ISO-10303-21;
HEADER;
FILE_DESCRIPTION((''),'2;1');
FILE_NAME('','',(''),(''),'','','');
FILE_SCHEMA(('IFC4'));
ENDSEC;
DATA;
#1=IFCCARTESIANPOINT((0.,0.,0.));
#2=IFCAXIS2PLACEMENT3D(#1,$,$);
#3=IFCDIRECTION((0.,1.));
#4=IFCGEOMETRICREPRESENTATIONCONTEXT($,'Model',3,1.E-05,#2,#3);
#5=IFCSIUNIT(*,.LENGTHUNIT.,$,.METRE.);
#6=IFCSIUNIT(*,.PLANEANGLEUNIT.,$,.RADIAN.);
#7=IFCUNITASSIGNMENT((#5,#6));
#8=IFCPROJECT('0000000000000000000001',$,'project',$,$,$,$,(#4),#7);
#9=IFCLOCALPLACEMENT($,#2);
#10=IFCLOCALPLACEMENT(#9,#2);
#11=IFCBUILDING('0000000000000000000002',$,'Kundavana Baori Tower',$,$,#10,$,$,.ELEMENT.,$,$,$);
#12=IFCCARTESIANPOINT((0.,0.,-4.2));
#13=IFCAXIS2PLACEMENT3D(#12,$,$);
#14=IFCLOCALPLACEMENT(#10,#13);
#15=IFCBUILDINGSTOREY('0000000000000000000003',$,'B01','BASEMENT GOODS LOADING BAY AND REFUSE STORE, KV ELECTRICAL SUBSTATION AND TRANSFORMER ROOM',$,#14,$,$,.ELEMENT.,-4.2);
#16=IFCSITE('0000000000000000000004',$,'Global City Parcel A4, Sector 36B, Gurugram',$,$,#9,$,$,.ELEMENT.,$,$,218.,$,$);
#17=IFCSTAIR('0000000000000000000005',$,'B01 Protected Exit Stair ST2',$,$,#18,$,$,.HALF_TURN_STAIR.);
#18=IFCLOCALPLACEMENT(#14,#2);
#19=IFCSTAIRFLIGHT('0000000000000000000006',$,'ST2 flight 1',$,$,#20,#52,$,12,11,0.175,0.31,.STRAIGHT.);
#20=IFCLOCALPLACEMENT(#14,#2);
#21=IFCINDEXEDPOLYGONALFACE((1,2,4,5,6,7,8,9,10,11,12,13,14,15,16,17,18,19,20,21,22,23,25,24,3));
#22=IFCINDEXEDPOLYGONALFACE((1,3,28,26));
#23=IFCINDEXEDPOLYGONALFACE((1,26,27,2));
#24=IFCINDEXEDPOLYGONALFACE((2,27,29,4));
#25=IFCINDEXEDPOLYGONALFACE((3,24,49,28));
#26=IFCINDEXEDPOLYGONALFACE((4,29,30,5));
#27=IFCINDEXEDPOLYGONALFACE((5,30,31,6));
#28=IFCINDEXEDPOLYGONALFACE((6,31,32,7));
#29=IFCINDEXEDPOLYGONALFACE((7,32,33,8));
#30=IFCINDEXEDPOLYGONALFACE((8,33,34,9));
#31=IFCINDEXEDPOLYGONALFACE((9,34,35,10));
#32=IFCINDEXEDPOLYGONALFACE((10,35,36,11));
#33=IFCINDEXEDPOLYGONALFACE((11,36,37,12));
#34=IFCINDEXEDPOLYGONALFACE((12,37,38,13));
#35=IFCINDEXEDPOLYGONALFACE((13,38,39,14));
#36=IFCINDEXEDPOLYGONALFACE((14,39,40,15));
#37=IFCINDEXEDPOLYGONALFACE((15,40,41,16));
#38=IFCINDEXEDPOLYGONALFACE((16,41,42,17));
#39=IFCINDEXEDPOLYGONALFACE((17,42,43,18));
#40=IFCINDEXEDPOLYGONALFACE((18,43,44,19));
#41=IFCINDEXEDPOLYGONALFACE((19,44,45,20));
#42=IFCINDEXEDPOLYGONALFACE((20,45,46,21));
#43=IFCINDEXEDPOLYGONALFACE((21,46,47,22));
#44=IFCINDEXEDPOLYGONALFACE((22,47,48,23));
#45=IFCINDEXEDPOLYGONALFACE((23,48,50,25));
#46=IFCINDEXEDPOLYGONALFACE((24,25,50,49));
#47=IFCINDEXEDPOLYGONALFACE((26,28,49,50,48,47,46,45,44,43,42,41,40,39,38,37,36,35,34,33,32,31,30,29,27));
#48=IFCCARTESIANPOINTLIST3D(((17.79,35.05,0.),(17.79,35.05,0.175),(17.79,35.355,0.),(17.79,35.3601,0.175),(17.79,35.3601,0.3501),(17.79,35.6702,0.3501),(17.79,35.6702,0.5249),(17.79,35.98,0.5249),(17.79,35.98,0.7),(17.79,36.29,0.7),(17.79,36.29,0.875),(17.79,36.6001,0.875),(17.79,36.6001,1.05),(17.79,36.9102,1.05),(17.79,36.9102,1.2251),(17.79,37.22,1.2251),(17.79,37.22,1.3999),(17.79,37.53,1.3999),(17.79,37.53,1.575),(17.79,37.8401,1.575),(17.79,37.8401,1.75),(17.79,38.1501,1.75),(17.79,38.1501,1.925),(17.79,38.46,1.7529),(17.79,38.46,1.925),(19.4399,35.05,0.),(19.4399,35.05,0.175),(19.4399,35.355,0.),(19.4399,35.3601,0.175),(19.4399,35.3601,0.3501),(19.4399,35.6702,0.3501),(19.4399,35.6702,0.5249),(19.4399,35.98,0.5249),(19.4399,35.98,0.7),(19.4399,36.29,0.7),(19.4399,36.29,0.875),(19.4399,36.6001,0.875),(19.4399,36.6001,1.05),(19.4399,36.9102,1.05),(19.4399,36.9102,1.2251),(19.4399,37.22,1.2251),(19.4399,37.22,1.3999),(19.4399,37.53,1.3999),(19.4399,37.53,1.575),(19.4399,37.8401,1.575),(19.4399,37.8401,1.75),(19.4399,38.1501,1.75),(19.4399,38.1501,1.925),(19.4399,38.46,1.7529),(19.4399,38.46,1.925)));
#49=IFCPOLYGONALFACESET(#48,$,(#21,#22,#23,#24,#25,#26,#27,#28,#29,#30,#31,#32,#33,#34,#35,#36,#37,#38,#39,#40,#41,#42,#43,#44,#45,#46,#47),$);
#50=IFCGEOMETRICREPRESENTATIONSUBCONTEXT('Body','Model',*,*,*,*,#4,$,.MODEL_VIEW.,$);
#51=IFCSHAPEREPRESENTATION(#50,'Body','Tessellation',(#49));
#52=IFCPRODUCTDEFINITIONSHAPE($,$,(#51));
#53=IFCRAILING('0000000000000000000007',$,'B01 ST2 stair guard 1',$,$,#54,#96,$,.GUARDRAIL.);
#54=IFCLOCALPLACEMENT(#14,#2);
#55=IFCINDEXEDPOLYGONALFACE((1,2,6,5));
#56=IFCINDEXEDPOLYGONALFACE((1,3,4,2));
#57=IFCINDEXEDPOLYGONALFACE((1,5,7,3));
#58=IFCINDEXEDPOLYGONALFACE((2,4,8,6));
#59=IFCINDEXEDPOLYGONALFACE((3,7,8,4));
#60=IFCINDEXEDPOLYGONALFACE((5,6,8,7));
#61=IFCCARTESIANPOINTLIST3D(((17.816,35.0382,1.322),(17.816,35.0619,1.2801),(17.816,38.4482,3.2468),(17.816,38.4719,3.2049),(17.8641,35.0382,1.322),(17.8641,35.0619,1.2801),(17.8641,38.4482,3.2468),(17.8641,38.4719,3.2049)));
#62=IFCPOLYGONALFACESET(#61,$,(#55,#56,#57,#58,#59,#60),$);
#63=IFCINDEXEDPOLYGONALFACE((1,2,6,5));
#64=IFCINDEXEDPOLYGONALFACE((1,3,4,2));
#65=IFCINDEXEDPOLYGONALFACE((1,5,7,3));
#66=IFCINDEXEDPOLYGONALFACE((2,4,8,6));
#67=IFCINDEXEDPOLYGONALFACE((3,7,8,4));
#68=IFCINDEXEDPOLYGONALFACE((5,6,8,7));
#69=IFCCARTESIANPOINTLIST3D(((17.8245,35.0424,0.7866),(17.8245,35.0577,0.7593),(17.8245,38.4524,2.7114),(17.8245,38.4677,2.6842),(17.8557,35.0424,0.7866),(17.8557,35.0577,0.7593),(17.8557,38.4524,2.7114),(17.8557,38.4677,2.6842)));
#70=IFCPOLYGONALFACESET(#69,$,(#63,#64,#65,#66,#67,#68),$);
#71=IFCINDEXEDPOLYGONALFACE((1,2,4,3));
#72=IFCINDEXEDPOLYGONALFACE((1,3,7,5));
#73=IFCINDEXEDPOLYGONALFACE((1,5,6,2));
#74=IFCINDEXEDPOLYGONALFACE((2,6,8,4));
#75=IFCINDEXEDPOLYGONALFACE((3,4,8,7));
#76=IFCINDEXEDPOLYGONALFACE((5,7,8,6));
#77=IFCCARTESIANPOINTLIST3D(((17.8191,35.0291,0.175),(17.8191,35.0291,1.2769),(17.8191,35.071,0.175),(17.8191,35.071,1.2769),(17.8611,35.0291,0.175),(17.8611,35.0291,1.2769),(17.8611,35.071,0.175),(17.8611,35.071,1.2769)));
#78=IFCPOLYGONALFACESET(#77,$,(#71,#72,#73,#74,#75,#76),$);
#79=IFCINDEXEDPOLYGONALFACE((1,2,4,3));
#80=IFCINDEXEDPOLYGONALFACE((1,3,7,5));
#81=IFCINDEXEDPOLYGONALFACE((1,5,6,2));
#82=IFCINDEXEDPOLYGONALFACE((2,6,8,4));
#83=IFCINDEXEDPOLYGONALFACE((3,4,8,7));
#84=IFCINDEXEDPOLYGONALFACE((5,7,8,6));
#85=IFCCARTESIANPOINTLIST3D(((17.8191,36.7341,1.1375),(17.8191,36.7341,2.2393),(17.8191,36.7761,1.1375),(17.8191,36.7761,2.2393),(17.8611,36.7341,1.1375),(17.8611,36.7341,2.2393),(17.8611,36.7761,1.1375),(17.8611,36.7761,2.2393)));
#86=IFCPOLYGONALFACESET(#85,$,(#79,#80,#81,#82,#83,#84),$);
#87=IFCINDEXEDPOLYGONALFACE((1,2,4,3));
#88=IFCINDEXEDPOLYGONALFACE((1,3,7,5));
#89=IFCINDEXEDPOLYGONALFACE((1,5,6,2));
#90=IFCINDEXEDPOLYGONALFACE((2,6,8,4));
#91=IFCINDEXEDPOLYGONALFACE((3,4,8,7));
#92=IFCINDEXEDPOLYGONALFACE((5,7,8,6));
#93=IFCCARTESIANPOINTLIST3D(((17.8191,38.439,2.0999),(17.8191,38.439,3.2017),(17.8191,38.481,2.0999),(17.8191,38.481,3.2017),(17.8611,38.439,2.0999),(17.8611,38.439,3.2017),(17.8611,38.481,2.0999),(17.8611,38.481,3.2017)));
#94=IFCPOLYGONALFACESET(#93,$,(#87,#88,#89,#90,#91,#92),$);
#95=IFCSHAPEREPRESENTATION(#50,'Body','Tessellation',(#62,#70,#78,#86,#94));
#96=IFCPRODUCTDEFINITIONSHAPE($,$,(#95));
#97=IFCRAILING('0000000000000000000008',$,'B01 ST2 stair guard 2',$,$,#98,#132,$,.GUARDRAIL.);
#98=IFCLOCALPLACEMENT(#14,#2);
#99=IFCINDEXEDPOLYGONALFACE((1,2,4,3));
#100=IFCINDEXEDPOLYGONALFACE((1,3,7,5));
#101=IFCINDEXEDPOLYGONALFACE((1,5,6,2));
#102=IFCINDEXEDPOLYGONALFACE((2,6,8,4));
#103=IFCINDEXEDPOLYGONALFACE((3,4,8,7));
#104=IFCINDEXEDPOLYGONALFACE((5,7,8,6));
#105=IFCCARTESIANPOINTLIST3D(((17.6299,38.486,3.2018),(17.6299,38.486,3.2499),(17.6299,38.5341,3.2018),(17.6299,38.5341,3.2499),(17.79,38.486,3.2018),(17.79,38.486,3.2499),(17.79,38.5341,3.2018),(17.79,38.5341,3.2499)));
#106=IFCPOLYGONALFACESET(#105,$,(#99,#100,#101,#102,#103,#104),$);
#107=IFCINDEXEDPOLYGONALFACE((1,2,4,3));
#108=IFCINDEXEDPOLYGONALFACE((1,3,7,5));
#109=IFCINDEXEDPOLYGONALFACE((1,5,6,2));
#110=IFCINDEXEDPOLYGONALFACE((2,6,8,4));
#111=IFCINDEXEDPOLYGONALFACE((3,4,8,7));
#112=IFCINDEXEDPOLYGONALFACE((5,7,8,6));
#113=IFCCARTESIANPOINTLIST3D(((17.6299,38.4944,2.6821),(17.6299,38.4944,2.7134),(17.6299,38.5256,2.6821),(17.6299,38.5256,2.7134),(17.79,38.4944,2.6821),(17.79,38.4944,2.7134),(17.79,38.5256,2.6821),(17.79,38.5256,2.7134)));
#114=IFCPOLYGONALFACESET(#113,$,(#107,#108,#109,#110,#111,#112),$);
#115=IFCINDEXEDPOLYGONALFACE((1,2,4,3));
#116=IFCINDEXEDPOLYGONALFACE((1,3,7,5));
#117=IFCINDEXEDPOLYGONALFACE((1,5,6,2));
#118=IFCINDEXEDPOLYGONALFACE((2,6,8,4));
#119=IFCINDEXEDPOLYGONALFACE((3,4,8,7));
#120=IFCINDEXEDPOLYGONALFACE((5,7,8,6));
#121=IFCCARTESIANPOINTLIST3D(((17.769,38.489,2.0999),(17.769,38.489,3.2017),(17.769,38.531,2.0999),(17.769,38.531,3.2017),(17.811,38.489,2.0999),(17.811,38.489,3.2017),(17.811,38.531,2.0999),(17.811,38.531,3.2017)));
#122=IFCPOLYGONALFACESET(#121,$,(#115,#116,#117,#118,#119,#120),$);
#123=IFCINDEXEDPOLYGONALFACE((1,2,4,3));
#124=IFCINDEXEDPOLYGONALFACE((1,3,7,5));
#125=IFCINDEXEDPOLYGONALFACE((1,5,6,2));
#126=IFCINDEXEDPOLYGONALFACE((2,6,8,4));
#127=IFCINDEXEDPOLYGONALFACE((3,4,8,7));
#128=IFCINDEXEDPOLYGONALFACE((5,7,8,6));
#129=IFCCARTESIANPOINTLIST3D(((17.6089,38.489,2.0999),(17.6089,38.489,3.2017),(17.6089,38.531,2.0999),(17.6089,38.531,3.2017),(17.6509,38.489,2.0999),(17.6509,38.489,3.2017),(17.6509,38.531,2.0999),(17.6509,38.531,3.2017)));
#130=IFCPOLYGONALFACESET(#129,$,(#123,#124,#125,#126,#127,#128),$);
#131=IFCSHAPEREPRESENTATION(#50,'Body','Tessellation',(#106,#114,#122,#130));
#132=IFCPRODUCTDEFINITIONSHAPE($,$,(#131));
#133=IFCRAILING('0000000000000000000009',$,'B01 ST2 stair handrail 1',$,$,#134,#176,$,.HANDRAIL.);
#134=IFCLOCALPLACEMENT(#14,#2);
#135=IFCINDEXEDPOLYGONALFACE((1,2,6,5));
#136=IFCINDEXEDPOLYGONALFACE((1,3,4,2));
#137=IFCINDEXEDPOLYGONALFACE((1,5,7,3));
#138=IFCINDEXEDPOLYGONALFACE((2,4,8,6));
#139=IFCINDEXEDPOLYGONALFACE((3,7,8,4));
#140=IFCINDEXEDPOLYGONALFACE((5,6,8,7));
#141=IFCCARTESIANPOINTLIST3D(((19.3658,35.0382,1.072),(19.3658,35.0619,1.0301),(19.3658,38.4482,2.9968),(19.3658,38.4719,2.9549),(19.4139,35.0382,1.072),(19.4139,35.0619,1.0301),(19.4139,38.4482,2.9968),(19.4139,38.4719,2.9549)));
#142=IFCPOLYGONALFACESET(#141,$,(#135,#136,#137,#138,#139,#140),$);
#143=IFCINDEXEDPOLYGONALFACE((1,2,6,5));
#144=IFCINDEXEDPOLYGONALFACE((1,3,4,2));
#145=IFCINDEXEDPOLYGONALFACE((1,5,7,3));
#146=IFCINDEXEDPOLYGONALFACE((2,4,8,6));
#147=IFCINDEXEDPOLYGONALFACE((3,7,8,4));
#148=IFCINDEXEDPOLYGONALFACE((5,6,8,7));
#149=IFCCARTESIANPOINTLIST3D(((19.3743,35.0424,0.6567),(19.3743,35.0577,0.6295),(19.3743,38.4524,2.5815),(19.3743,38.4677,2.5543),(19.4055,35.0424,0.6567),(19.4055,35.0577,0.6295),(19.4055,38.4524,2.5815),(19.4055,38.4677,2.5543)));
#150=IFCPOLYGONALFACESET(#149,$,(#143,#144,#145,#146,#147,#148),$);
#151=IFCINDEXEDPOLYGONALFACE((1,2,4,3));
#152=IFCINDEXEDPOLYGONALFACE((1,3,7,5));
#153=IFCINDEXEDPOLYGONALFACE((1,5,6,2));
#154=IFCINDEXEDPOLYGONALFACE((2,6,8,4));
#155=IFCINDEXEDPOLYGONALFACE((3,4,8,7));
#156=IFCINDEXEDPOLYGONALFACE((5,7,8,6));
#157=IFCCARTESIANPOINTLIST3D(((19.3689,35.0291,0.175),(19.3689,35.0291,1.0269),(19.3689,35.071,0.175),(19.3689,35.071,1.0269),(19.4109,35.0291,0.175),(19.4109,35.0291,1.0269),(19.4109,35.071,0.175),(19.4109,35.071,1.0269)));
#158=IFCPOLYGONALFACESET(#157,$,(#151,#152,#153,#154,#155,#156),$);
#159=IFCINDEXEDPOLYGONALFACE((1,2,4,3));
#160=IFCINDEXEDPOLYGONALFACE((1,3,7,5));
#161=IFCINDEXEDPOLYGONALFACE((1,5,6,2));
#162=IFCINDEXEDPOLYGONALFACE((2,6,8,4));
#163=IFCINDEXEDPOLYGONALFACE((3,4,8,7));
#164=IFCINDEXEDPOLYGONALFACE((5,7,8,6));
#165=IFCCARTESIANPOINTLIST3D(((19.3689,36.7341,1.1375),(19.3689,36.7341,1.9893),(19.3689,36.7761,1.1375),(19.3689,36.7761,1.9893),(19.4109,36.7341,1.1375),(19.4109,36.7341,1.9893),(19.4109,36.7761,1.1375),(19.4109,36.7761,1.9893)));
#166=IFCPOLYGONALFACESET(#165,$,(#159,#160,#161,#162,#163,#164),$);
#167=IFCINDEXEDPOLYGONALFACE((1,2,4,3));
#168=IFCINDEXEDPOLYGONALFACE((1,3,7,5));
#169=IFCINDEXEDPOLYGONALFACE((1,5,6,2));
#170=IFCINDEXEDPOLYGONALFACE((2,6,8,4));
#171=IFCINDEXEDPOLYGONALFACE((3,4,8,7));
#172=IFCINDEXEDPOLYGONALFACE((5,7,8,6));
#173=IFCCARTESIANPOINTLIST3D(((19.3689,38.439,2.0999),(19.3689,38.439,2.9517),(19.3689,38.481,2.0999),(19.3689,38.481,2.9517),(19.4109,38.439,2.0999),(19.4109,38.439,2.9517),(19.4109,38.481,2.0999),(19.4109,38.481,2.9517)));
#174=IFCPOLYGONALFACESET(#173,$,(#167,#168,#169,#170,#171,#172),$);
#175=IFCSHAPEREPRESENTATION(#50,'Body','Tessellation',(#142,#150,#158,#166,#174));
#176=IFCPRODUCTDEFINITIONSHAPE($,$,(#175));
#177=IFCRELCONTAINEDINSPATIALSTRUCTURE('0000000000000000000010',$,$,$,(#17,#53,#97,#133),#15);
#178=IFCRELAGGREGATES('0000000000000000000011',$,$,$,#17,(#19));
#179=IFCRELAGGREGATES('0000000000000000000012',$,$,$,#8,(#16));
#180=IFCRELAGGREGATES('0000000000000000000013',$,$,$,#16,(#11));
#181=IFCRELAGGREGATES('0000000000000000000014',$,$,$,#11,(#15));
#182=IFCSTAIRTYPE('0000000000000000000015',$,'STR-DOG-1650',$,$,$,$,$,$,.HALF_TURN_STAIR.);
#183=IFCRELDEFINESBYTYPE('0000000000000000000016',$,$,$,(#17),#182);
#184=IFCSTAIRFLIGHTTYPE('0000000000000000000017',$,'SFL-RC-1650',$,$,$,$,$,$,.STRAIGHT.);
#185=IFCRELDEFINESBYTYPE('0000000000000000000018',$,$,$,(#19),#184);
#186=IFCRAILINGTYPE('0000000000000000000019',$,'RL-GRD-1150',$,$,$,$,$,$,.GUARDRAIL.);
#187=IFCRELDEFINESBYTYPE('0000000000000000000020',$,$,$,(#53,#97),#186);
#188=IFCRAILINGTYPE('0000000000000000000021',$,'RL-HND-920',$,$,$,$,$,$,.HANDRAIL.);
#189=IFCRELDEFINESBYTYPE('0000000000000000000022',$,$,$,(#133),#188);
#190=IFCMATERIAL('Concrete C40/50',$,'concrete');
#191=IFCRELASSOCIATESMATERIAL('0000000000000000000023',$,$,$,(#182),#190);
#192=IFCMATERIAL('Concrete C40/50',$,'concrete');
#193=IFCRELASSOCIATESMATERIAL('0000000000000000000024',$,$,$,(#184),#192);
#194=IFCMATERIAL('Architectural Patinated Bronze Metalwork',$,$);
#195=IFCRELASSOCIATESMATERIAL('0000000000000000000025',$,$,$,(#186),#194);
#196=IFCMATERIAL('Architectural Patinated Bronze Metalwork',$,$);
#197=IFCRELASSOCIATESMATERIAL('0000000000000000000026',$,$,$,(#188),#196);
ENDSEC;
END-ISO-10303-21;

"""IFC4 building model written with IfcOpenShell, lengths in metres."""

from ifc_helpers import new_model, si_unit, direction, frame, origin, origin_2d, place, context, subcontext, project, spatial, polyline, rectangle, outline, extrude, material, type_object, element, aggregate, save


model = new_model("IFC4")

# Units and contexts
model_context = context("Model", 3, precision=1e-05, world=origin(), true_north=direction((0.0, 1.0)))
body_context = subcontext(model_context, "Body", "Model", "MODEL_VIEW")
ifc_project = project(units=[si_unit("LENGTHUNIT", "METRE"), si_unit("PLANEANGLEUNIT", "RADIAN")], contexts=[model_context])

# Site, building, storey
site_placement = place(None, origin())
site = spatial("IfcSite", under=ifc_project, at=site_placement, Name="Global City Parcel A4, Sector 36B, Gurugram", CompositionType="ELEMENT", RefElevation=218.0)
building_placement = place(site_placement, origin())
building = spatial("IfcBuilding", under=site, at=building_placement, Name="Kundavana Baori Tower", CompositionType="ELEMENT")
storey_placement = place(building_placement, frame((0.0, 0.0, -4.2)))
storey = spatial("IfcBuildingStorey", under=building, at=storey_placement, Name="B01", Description="BASEMENT GOODS LOADING BAY AND REFUSE STORE, KV ELECTRICAL SUBSTATION AND TRANSFORMER ROOM", CompositionType="ELEMENT", Elevation=-4.2)

# Stair, stair flight
ifc_material_1 = material(Name="Concrete C40/50", Category="concrete")
stair_type = type_object("IfcStairType", Name="STR-DOG-1650", PredefinedType="HALF_TURN_STAIR", material=ifc_material_1)
stair_placement = place(storey_placement, origin())
stair = element("IfcStair", 1, at=stair_placement, inside=storey, type_object=stair_type, Name="B01 Protected Exit Stair ST2", PredefinedType="HALF_TURN_STAIR")
ifc_material_2 = material(Name="Concrete C40/50", Category="concrete")
stair_flight_type = type_object("IfcStairFlightType", Name="SFL-RC-1650", PredefinedType="STRAIGHT", material=ifc_material_2)
stair_flight_placement = place(storey_placement, frame((18.615, 35.05, 0.0), z_axis=(0.0, 0.0, 1.0), x_axis=(0.0, 1.0, 0.0)))
stair_flight = element("IfcStairFlight", 2, at=stair_flight_placement, type_object=stair_flight_type, Name="ST2 flight 1", NumberOfRisers=12, NumberOfTreads=11, PredefinedType="STRAIGHT", RiserHeight=0.175, TreadLength=0.31, context=body_context, shape_type="SweptSolid", body=[
    extrude(outline(polyline([(0.0, 0.0), (0.0, 0.175), (0.3101, 0.175), (0.3101, 0.3501), (0.6201, 0.3501), (0.6201, 0.5249), (0.9299, 0.5249), (0.9299, 0.7), (1.24, 0.7), (1.24, 0.875), (1.55, 0.875), (1.55, 1.05), (1.8601, 1.05), (1.8601, 1.2251), (2.1699, 1.2251), (2.1699, 1.3999), (2.48, 1.3999), (2.48, 1.575), (2.79, 1.575), (2.79, 1.75), (3.1001, 1.75), (3.1001, 1.925), (3.4099, 1.925), (3.4099, 2.1001), (3.4099, 1.7529), (0.3049, 0.0), (0.0, 0.0)])), frame((0.0, 0.825, 0.0), z_axis=(0.0, -1.0, 0.0), x_axis=(1.0, 0.0, 0.0)), (0.0, 0.0, 1.0), 1.6499),
])
aggregate(stair, [stair_flight])

# Railings
ifc_material_3 = material(Name="Architectural Patinated Bronze Metalwork")
railing_type_1 = type_object("IfcRailingType", Name="RL-GRD-1150", PredefinedType="GUARDRAIL", material=ifc_material_3)
railing_1_placement = place(storey_placement, frame((17.8401, 35.05, 0.175)))
element("IfcRailing", 3, at=railing_1_placement, inside=storey, type_object=railing_type_1, Name="B01 ST2 stair guard 1", PredefinedType="GUARDRAIL", context=body_context, shape_type="SweptSolid", body=[
    extrude(rectangle(XDim=0.0481, YDim=0.0481, at=origin_2d()), frame((0.0, 0.0, 1.126), z_axis=(0.0, 0.87084, 0.491566), x_axis=(-1.0, 0.0, 0.0)), (0.0, 0.0, 1.0), 3.9158),
    extrude(rectangle(XDim=0.0312, YDim=0.0312, at=origin_2d()), frame((0.0, 0.0, 0.5979), z_axis=(0.0, 0.87084, 0.491566), x_axis=(-1.0, 0.0, 0.0)), (0.0, 0.0, 1.0), 3.9158),
    extrude(rectangle(XDim=0.042, YDim=0.042, at=origin_2d()), origin(), (0.0, 0.0, 1.0), 1.1018),
    extrude(rectangle(XDim=0.042, YDim=0.042, at=origin_2d()), frame((0.0, 1.7051, 0.9624)), (0.0, 0.0, 1.0), 1.1018),
    extrude(rectangle(XDim=0.042, YDim=0.042, at=origin_2d()), frame((0.0, 3.4099, 1.9248)), (0.0, 0.0, 1.0), 1.1018),
])
railing_2_placement = place(storey_placement, frame((17.79, 38.51, 2.0999)))
element("IfcRailing", 4, at=railing_2_placement, inside=storey, type_object=railing_type_1, Name="B01 ST2 stair guard 2", PredefinedType="GUARDRAIL", context=body_context, shape_type="SweptSolid", body=[
    extrude(rectangle(XDim=0.0481, YDim=0.0481, at=origin_2d()), frame((0.0, 0.0, 1.126), z_axis=(-1.0, 0.0, 0.0), x_axis=(0.0, -1.0, 0.0)), (0.0, 0.0, 1.0), 0.1602),
    extrude(rectangle(XDim=0.0312, YDim=0.0312, at=origin_2d()), frame((0.0, 0.0, 0.5979), z_axis=(-1.0, 0.0, 0.0), x_axis=(0.0, -1.0, 0.0)), (0.0, 0.0, 1.0), 0.1602),
    extrude(rectangle(XDim=0.042, YDim=0.042, at=origin_2d()), origin(), (0.0, 0.0, 1.0), 1.1018),
    extrude(rectangle(XDim=0.042, YDim=0.042, at=origin_2d()), frame((-0.1602, 0.0, 0.0)), (0.0, 0.0, 1.0), 1.1018),
])
ifc_material_4 = material(Name="Architectural Patinated Bronze Metalwork")
railing_type_2 = type_object("IfcRailingType", Name="RL-HND-920", PredefinedType="HANDRAIL", material=ifc_material_4)
railing_3_placement = place(storey_placement, frame((19.3899, 35.05, 0.175)))
element("IfcRailing", 5, at=railing_3_placement, inside=storey, type_object=railing_type_2, Name="B01 ST2 stair handrail 1", PredefinedType="HANDRAIL", context=body_context, shape_type="SweptSolid", body=[
    extrude(rectangle(XDim=0.0481, YDim=0.0481, at=origin_2d()), frame((0.0, 0.0, 0.876), z_axis=(0.0, 0.87084, 0.491566), x_axis=(-1.0, 0.0, 0.0)), (0.0, 0.0, 1.0), 3.9158),
    extrude(rectangle(XDim=0.0312, YDim=0.0312, at=origin_2d()), frame((0.0, 0.0, 0.468), z_axis=(0.0, 0.87084, 0.491566), x_axis=(-1.0, 0.0, 0.0)), (0.0, 0.0, 1.0), 3.9158),
    extrude(rectangle(XDim=0.042, YDim=0.042, at=origin_2d()), origin(), (0.0, 0.0, 1.0), 0.8518),
    extrude(rectangle(XDim=0.042, YDim=0.042, at=origin_2d()), frame((0.0, 1.7051, 0.9624)), (0.0, 0.0, 1.0), 0.8518),
    extrude(rectangle(XDim=0.042, YDim=0.042, at=origin_2d()), frame((0.0, 3.4099, 1.9248)), (0.0, 0.0, 1.0), 0.8518),
])

save(model, "model.ifc")
